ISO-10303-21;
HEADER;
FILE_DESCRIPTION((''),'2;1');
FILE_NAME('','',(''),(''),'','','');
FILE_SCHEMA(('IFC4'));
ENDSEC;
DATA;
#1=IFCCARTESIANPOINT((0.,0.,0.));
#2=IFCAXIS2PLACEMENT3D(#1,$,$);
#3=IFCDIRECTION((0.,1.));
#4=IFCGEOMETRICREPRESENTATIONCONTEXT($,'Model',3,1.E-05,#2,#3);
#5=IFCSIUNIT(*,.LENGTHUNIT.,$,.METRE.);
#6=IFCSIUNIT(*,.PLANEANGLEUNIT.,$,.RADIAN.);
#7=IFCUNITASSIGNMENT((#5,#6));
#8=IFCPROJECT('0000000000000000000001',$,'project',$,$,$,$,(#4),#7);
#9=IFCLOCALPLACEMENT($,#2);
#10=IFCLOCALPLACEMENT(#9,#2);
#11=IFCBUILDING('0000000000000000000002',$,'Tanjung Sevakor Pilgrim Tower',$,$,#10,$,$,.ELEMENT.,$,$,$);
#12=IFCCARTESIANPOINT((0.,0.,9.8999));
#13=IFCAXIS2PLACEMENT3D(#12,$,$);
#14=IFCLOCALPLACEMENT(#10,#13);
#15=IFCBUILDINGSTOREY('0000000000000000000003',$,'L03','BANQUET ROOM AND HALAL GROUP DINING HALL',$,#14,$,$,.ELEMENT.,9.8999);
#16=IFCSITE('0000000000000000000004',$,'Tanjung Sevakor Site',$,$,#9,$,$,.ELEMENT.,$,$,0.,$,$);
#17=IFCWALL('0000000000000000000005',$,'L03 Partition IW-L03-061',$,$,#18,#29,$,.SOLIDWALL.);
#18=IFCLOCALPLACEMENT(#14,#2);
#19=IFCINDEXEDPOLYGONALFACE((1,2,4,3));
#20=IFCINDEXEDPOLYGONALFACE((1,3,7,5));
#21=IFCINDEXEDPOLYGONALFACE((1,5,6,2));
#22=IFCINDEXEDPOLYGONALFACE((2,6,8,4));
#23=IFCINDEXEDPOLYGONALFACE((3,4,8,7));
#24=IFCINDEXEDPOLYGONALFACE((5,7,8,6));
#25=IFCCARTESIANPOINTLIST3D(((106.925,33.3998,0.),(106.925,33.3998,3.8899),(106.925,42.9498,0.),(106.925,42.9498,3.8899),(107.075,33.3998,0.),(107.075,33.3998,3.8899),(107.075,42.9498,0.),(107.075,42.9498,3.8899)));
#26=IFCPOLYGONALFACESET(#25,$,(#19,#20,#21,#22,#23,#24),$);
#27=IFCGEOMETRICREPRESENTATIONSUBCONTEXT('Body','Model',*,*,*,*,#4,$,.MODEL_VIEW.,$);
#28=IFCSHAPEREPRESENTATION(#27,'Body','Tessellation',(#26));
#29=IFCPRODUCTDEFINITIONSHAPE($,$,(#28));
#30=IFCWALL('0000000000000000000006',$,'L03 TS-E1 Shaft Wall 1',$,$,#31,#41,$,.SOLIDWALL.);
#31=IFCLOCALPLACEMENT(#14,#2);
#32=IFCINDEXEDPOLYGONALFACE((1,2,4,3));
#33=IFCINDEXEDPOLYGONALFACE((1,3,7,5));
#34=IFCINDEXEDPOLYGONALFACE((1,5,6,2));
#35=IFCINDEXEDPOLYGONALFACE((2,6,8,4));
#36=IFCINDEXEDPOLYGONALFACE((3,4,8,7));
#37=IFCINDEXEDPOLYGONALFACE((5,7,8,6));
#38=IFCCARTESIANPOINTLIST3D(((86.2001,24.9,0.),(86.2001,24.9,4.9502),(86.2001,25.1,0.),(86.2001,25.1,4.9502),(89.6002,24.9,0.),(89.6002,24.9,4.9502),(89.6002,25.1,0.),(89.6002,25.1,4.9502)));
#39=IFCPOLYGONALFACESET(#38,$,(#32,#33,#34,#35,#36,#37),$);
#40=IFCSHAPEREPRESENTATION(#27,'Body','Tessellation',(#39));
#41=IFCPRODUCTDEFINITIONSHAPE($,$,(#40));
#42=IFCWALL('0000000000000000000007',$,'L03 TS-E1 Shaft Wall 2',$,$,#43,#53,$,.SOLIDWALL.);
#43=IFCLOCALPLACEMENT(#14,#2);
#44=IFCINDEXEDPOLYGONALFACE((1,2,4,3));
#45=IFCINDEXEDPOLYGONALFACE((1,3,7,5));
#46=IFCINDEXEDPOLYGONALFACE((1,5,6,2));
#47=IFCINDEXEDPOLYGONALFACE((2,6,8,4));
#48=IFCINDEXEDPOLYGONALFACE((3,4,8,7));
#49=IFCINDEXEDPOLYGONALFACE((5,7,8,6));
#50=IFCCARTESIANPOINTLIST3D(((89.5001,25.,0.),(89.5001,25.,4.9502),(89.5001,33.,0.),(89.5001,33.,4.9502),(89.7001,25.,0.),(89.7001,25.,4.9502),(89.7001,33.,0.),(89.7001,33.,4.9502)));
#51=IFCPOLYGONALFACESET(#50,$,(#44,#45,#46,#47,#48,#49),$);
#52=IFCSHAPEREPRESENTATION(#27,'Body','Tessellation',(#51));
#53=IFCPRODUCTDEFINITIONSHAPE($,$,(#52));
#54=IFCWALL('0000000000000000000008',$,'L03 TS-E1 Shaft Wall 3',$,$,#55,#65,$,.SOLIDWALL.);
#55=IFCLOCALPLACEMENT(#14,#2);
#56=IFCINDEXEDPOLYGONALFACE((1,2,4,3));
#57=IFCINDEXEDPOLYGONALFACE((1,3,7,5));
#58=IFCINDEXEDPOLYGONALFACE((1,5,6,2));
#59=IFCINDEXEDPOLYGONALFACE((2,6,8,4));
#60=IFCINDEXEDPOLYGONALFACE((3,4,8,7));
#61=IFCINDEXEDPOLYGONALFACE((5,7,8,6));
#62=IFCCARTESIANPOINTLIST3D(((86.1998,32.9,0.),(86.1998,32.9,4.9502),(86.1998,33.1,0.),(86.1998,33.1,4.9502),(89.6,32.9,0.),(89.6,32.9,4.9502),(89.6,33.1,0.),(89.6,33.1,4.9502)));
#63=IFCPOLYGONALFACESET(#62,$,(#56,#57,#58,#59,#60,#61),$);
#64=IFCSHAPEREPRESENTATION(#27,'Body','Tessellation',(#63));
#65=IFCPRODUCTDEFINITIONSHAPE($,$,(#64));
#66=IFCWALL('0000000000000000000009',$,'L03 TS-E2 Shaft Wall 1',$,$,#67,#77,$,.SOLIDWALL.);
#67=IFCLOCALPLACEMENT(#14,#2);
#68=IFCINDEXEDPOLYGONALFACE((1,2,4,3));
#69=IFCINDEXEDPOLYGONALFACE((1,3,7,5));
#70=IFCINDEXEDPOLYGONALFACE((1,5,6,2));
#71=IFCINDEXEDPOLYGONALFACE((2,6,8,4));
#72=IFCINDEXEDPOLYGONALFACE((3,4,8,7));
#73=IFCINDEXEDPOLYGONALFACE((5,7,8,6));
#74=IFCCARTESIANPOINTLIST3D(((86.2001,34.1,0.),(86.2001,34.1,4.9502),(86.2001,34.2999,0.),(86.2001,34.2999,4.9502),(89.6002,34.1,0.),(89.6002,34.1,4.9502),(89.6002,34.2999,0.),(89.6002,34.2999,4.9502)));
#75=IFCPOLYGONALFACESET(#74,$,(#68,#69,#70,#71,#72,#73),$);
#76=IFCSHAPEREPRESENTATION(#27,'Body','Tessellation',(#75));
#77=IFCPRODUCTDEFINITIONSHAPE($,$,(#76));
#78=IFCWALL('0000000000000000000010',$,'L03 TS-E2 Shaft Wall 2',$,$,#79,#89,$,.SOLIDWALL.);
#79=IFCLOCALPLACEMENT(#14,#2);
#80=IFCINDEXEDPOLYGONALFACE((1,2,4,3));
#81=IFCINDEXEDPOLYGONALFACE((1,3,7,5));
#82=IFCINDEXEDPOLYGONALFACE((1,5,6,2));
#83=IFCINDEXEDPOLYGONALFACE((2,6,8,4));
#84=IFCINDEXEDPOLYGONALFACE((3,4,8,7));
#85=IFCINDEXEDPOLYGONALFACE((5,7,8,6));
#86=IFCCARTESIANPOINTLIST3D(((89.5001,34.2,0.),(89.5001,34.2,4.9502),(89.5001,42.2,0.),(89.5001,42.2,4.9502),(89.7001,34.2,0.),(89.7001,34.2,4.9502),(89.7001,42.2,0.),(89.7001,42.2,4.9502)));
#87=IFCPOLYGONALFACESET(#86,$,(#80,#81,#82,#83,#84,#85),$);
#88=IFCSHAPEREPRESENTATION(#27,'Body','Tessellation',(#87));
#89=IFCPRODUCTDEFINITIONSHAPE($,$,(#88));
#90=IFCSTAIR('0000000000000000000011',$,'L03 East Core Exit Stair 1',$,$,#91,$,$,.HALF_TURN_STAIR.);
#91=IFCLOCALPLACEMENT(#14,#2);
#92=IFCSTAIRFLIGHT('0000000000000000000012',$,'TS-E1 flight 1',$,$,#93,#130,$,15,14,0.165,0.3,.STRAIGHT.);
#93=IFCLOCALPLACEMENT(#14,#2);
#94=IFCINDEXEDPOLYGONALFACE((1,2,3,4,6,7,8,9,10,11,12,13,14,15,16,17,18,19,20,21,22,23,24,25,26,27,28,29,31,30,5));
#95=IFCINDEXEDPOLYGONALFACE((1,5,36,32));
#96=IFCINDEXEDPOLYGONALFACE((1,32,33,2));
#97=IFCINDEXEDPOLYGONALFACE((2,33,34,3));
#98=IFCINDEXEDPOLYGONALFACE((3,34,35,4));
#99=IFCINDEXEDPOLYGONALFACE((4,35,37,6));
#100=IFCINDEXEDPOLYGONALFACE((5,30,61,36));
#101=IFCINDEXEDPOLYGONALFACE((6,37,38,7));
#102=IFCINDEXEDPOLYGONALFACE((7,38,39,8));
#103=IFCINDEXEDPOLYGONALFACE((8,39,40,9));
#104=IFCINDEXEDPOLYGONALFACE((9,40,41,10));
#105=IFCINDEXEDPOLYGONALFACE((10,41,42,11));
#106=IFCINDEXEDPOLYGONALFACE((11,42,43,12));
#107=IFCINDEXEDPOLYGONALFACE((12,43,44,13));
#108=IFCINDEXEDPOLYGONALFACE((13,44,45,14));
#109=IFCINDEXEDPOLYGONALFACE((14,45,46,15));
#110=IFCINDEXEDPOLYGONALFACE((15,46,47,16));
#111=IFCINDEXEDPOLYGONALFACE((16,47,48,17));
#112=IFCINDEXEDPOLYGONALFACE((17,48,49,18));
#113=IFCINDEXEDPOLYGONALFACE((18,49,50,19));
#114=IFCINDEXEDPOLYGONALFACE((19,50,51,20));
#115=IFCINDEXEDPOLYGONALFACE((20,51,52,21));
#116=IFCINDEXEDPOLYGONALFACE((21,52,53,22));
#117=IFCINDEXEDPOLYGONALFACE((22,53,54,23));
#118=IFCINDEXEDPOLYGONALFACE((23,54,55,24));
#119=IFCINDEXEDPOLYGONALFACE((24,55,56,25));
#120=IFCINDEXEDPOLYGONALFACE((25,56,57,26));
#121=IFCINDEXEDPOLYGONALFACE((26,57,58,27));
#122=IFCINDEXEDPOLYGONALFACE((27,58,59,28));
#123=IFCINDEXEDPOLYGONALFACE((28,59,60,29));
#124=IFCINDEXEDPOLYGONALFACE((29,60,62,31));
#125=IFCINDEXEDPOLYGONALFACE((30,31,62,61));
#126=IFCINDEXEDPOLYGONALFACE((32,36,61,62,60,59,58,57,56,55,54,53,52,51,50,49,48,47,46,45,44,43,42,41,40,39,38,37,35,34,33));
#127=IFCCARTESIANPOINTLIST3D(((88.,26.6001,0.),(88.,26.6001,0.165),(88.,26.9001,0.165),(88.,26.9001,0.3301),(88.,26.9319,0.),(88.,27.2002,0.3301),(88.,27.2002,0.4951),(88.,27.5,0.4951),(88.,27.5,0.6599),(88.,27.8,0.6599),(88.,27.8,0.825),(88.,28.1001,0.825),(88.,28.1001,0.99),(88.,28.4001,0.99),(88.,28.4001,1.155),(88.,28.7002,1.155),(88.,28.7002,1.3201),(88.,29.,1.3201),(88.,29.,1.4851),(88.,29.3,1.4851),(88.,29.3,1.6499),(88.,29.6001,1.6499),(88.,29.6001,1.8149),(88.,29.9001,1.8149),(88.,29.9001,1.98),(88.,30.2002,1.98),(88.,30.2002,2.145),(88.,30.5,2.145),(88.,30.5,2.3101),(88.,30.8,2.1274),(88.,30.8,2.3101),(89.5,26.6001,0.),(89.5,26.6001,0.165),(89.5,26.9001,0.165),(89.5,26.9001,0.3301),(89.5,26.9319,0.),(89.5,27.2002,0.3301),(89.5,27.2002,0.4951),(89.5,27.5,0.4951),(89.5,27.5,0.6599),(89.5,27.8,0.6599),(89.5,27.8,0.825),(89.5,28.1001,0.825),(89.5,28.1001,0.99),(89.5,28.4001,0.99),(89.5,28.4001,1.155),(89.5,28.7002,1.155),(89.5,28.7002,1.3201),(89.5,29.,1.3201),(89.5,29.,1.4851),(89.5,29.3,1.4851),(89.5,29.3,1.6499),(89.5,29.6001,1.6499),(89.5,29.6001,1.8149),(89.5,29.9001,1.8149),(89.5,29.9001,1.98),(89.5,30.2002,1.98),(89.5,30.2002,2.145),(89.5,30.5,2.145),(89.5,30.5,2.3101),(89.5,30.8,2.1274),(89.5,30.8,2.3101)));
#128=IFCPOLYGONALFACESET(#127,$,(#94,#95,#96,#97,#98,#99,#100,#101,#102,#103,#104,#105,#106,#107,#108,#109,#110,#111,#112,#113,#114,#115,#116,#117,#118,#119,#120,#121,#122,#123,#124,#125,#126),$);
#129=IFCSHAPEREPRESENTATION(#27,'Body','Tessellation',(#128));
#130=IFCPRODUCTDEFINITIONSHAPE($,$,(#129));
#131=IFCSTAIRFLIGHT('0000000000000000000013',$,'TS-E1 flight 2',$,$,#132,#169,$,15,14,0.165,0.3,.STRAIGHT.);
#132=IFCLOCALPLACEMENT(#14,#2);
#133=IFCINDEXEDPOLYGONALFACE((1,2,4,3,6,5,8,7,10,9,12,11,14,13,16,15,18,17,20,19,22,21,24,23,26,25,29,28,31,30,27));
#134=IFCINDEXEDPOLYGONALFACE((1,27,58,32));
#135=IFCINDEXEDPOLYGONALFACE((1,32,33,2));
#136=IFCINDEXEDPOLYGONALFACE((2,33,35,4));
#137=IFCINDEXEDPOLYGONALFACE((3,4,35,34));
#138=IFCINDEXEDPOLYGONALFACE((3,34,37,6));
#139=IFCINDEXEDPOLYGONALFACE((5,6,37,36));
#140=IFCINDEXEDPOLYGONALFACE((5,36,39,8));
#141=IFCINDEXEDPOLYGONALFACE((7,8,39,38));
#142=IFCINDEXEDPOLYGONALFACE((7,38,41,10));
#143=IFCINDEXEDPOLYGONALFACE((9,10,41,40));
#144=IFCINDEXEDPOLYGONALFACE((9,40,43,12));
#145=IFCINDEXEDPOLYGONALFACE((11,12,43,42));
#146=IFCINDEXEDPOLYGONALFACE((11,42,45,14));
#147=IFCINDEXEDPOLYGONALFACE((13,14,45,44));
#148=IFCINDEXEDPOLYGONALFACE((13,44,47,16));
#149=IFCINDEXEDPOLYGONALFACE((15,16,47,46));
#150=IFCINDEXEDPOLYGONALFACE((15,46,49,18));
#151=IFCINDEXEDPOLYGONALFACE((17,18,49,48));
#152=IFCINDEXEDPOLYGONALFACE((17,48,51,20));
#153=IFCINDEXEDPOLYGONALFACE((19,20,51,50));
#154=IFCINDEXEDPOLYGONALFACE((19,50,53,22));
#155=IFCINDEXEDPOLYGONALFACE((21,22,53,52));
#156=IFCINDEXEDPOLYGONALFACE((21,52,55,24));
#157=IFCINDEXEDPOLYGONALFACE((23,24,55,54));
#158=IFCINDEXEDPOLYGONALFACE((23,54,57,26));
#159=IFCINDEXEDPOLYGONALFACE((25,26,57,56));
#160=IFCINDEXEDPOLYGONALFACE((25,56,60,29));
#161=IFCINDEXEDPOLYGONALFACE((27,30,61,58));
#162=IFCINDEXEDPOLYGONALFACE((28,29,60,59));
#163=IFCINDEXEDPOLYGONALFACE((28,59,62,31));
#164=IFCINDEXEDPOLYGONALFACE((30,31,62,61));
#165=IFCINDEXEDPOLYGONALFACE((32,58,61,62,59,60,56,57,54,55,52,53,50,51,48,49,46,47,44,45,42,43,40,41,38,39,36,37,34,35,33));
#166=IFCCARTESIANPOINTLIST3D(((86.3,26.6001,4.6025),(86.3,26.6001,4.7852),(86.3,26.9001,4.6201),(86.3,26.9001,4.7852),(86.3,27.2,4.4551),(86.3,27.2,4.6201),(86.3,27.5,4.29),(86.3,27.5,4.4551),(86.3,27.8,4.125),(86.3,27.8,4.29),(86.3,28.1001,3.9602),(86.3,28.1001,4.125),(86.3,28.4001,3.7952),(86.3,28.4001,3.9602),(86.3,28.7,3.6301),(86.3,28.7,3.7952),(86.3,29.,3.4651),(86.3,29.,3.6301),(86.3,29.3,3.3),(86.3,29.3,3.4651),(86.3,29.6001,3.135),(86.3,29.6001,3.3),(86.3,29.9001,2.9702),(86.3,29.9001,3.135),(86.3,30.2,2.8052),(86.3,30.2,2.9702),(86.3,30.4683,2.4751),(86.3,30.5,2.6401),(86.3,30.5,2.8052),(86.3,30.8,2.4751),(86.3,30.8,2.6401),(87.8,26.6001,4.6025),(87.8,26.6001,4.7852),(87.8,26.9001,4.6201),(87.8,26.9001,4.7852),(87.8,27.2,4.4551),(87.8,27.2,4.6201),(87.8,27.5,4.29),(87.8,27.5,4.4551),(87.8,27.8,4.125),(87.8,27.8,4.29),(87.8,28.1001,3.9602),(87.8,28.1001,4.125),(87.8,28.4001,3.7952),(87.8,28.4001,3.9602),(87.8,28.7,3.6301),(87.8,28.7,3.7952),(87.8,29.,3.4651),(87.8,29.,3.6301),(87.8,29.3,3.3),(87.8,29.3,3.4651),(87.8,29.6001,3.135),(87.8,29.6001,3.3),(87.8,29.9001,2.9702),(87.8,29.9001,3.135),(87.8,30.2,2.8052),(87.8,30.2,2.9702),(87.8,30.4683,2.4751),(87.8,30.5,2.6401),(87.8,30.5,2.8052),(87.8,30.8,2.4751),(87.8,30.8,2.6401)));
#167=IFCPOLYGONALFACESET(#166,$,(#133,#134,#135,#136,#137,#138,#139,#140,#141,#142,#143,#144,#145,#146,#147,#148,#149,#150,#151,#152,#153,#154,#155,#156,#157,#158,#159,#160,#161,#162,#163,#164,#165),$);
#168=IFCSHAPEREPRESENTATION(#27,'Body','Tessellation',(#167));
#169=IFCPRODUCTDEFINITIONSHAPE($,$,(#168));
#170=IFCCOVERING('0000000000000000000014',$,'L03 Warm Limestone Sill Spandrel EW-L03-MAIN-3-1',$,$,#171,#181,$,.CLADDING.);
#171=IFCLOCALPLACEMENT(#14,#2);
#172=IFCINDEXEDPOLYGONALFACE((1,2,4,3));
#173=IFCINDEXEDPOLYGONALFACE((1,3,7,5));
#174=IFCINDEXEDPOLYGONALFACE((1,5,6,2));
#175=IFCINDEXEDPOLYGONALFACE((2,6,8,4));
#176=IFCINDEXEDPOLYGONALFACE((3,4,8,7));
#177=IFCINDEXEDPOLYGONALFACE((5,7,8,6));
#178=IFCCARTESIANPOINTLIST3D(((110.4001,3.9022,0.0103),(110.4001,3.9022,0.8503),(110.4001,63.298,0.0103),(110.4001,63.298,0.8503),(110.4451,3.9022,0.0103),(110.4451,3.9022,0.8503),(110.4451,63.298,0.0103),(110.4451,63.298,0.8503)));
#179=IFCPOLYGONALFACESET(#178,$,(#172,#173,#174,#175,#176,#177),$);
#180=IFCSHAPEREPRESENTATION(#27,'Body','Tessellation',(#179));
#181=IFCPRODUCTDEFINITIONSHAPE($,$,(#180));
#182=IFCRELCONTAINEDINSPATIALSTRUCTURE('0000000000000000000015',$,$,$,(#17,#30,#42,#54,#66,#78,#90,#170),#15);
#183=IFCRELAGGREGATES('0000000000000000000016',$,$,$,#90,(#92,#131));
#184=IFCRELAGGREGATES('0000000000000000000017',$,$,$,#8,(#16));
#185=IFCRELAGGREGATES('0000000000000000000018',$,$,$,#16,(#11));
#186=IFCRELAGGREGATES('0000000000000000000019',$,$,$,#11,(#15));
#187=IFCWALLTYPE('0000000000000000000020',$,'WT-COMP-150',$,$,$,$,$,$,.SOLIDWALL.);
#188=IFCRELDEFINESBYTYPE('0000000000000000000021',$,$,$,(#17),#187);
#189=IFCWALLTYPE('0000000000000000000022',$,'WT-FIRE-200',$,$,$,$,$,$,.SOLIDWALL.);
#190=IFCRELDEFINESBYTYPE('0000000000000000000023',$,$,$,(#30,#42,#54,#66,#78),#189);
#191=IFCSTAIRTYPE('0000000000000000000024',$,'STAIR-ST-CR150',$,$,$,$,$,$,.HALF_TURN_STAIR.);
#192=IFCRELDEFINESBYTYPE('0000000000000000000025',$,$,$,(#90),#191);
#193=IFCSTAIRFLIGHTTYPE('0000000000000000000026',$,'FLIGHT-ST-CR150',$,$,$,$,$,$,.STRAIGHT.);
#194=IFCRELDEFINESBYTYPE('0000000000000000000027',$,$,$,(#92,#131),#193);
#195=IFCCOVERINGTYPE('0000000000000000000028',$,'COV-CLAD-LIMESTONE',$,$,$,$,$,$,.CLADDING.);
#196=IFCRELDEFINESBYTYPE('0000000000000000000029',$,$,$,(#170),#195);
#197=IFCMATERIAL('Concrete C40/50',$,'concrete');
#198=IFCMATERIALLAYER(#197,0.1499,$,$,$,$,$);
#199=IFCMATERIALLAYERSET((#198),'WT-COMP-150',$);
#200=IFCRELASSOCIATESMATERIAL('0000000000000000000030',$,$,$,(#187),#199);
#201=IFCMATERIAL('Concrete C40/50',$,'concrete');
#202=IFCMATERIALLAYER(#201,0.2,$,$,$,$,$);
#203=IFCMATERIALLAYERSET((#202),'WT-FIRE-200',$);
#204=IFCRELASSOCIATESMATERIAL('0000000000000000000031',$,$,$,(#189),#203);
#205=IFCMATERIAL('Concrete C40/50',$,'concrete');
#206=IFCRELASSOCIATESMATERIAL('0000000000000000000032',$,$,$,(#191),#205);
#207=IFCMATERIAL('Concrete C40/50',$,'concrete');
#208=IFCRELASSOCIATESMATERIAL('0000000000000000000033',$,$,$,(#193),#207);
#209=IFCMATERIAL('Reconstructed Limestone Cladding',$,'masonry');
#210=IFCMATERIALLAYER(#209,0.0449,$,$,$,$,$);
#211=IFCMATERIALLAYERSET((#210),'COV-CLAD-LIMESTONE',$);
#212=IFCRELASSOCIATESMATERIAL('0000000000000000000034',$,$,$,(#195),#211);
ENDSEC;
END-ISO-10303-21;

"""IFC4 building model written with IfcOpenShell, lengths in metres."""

from ifc_helpers import new_model, si_unit, direction, frame, frame_2d, origin, origin_2d, place, context, subcontext, project, spatial, polyline, rectangle, outline, extrude, material, layer, layer_set, type_object, element, aggregate, save


model = new_model("IFC4")

# Units and contexts
model_context = context("Model", 3, precision=1e-05, world=origin(), true_north=direction((0.0, 1.0)))
body_context = subcontext(model_context, "Body", "Model", "MODEL_VIEW")
ifc_project = project(units=[si_unit("LENGTHUNIT", "METRE"), si_unit("PLANEANGLEUNIT", "RADIAN")], contexts=[model_context])

# Site, building, storey
site_placement = place(None, origin())
site = spatial("IfcSite", under=ifc_project, at=site_placement, Name="Tanjung Sevakor Site", CompositionType="ELEMENT", RefElevation=0.0)
building_placement = place(site_placement, origin())
building = spatial("IfcBuilding", under=site, at=building_placement, Name="Tanjung Sevakor Pilgrim Tower", CompositionType="ELEMENT")
storey_placement = place(building_placement, frame((0.0, 0.0, 9.8999)))
storey = spatial("IfcBuildingStorey", under=building, at=storey_placement, Name="L03", Description="BANQUET ROOM AND HALAL GROUP DINING HALL", CompositionType="ELEMENT", Elevation=9.8999)

# Shared definitions
ifc_material_1 = material(Name="Concrete C40/50", Category="concrete")
ifc_layer_1 = layer(ifc_material_1, 0.1499)
ifc_layer_set_1 = layer_set([ifc_layer_1], Name="WT-COMP-150")
wall_type_1 = type_object("IfcWallType", Name="WT-COMP-150", PredefinedType="SOLIDWALL", material=ifc_layer_set_1)

# Walls
wall_1_placement = place(storey_placement, frame((107.0, 33.3999, 0.0), z_axis=(0.0, 0.0, 1.0), x_axis=(0.0, 1.0, 0.0)))
element("IfcWall", 1, at=wall_1_placement, inside=storey, type_object=wall_type_1, Name="L03 Partition IW-L03-061", PredefinedType="SOLIDWALL", context=body_context, shape_type="SweptSolid", body=[
    extrude(rectangle(XDim=9.55, YDim=0.1499, at=frame_2d((4.7749, 0.0))), origin(), (0.0, 0.0, 1.0), 3.8899),
])
ifc_material_2 = material(Name="Concrete C40/50", Category="concrete")
ifc_layer_2 = layer(ifc_material_2, 0.2)
ifc_layer_set_2 = layer_set([ifc_layer_2], Name="WT-FIRE-200")
wall_type_2 = type_object("IfcWallType", Name="WT-FIRE-200", PredefinedType="SOLIDWALL", material=ifc_layer_set_2)
wall_2_placement = place(storey_placement, frame((86.2, 25.0, 0.0), z_axis=(0.0, 0.0, 1.0), x_axis=(1.0, 0.0, 0.0)))
element("IfcWall", 2, at=wall_2_placement, inside=storey, type_object=wall_type_2, Name="L03 TS-E1 Shaft Wall 1", PredefinedType="SOLIDWALL", context=body_context, shape_type="SweptSolid", body=[
    extrude(rectangle(XDim=3.4001, YDim=0.2, at=frame_2d((1.7002, 0.0))), origin(), (0.0, 0.0, 1.0), 4.9502),
])
wall_3_placement = place(storey_placement, frame((89.6001, 25.0, 0.0), z_axis=(0.0, 0.0, 1.0), x_axis=(0.0, 1.0, 0.0)))
element("IfcWall", 3, at=wall_3_placement, inside=storey, type_object=wall_type_2, Name="L03 TS-E1 Shaft Wall 2", PredefinedType="SOLIDWALL", context=body_context, shape_type="SweptSolid", body=[
    extrude(rectangle(XDim=8.0, YDim=0.2, at=frame_2d((4.0, 0.0))), origin(), (0.0, 0.0, 1.0), 4.9502),
])
for number, where, z_axis, x_axis, name in (
    (4, (89.6001, 33.0, 0.0), (0.0, 0.0, 1.0), (-1.0, 0.0, 0.0), "L03 TS-E1 Shaft Wall 3"),
    (5, (86.2, 34.2, 0.0), (0.0, 0.0, 1.0), (1.0, 0.0, 0.0), "L03 TS-E2 Shaft Wall 1"),
):
    element("IfcWall", number, at=place(storey_placement, frame(where, z_axis=z_axis, x_axis=x_axis)), inside=storey, type_object=wall_type_2, Name=name, PredefinedType="SOLIDWALL", context=body_context, shape_type="SweptSolid", body=[
        extrude(rectangle(XDim=3.4001, YDim=0.2, at=frame_2d((1.7002, 0.0))), origin(), (0.0, 0.0, 1.0), 4.9502),
    ])
wall_4_placement = place(storey_placement, frame((89.6001, 34.2, 0.0), z_axis=(0.0, 0.0, 1.0), x_axis=(0.0, 1.0, 0.0)))
element("IfcWall", 6, at=wall_4_placement, inside=storey, type_object=wall_type_2, Name="L03 TS-E2 Shaft Wall 2", PredefinedType="SOLIDWALL", context=body_context, shape_type="SweptSolid", body=[
    extrude(rectangle(XDim=8.0, YDim=0.2, at=frame_2d((4.0, 0.0))), origin(), (0.0, 0.0, 1.0), 4.9502),
])

# Stair, stair flights
ifc_material_3 = material(Name="Concrete C40/50", Category="concrete")
stair_type = type_object("IfcStairType", Name="STAIR-ST-CR150", PredefinedType="HALF_TURN_STAIR", material=ifc_material_3)
stair_placement = place(storey_placement, origin())
stair = element("IfcStair", 7, at=stair_placement, inside=storey, type_object=stair_type, Name="L03 East Core Exit Stair 1", PredefinedType="HALF_TURN_STAIR")
ifc_material_4 = material(Name="Concrete C40/50", Category="concrete")
stair_flight_type = type_object("IfcStairFlightType", Name="FLIGHT-ST-CR150", PredefinedType="STRAIGHT", material=ifc_material_4)
stair_flight_1_placement = place(storey_placement, frame((88.75, 26.6001, 0.0), z_axis=(0.0, 0.0, 1.0), x_axis=(0.0, 1.0, 0.0)))
stair_flight_1 = element("IfcStairFlight", 8, at=stair_flight_1_placement, type_object=stair_flight_type, Name="TS-E1 flight 1", NumberOfRisers=15, NumberOfTreads=14, PredefinedType="STRAIGHT", RiserHeight=0.165, TreadLength=0.3, context=body_context, shape_type="SweptSolid", body=[
    extrude(outline(polyline([(0.0, 0.0), (0.0, 0.165), (0.3, 0.165), (0.3, 0.3301), (0.6001, 0.3301), (0.6001, 0.4951), (0.8999, 0.4951), (0.8999, 0.6599), (1.2, 0.6599), (1.2, 0.825), (1.5, 0.825), (1.5, 0.99), (1.8, 0.99), (1.8, 1.155), (2.1001, 1.155), (2.1001, 1.3201), (2.3999, 1.3201), (2.3999, 1.4851), (2.7, 1.4851), (2.7, 1.6499), (3.0, 1.6499), (3.0, 1.8149), (3.3, 1.8149), (3.3, 1.98), (3.6001, 1.98), (3.6001, 2.145), (3.8999, 2.145), (3.8999, 2.3101), (4.2, 2.3101), (4.2, 2.4751), (4.2, 2.1274), (0.3318, 0.0), (0.0, 0.0)])), frame((0.0, 0.75, 0.0), z_axis=(0.0, -1.0, 0.0), x_axis=(1.0, 0.0, 0.0)), (0.0, 0.0, 1.0), 1.5),
])
stair_flight_2_placement = place(storey_placement, frame((87.05, 30.8, 2.4751), z_axis=(0.0, 0.0, 1.0), x_axis=(0.0, -1.0, 0.0)))
stair_flight_2 = element("IfcStairFlight", 9, at=stair_flight_2_placement, type_object=stair_flight_type, Name="TS-E1 flight 2", NumberOfRisers=15, NumberOfTreads=14, PredefinedType="STRAIGHT", RiserHeight=0.165, TreadLength=0.3, context=body_context, shape_type="SweptSolid", body=[
    extrude(outline(polyline([(0.0, 0.0), (0.0, 0.165), (0.3, 0.165), (0.3, 0.3301), (0.6001, 0.3301), (0.6001, 0.4951), (0.8999, 0.4951), (0.8999, 0.6599), (1.2, 0.6599), (1.2, 0.825), (1.5, 0.825), (1.5, 0.99), (1.8, 0.99), (1.8, 1.155), (2.1001, 1.155), (2.1001, 1.3201), (2.3999, 1.3201), (2.3999, 1.4851), (2.7, 1.4851), (2.7, 1.6499), (3.0, 1.6499), (3.0, 1.8149), (3.3, 1.8149), (3.3, 1.98), (3.6001, 1.98), (3.6001, 2.145), (3.8999, 2.145), (3.8999, 2.3101), (4.2, 2.3101), (4.2, 2.4751), (4.2, 2.1274), (0.3318, 0.0), (0.0, 0.0)])), frame((0.0, 0.75, 0.0), z_axis=(0.0, -1.0, 0.0), x_axis=(1.0, 0.0, 0.0)), (0.0, 0.0, 1.0), 1.5),
])
aggregate(stair, [stair_flight_1, stair_flight_2])

# Covering
ifc_material_5 = material(Name="Reconstructed Limestone Cladding", Category="masonry")
ifc_layer_3 = layer(ifc_material_5, 0.0449)
ifc_layer_set_3 = layer_set([ifc_layer_3], Name="COV-CLAD-LIMESTONE")
covering_type = type_object("IfcCoveringType", Name="COV-CLAD-LIMESTONE", PredefinedType="CLADDING", material=ifc_layer_set_3)
covering_1_placement = place(storey_placement, frame((110.4226, 33.6001, 0.0103), z_axis=(0.0, 0.0, 1.0), x_axis=(0.0, 1.0, 0.0)))
element("IfcCovering", 10, at=covering_1_placement, inside=storey, type_object=covering_type, Name="L03 Warm Limestone Sill Spandrel EW-L03-MAIN-3-1", PredefinedType="CLADDING", context=body_context, shape_type="SweptSolid", body=[
    extrude(rectangle(XDim=59.3958, YDim=0.0449, at=origin_2d()), origin(), (0.0, 0.0, 1.0), 0.8401),
])

save(model, "model.ifc")
